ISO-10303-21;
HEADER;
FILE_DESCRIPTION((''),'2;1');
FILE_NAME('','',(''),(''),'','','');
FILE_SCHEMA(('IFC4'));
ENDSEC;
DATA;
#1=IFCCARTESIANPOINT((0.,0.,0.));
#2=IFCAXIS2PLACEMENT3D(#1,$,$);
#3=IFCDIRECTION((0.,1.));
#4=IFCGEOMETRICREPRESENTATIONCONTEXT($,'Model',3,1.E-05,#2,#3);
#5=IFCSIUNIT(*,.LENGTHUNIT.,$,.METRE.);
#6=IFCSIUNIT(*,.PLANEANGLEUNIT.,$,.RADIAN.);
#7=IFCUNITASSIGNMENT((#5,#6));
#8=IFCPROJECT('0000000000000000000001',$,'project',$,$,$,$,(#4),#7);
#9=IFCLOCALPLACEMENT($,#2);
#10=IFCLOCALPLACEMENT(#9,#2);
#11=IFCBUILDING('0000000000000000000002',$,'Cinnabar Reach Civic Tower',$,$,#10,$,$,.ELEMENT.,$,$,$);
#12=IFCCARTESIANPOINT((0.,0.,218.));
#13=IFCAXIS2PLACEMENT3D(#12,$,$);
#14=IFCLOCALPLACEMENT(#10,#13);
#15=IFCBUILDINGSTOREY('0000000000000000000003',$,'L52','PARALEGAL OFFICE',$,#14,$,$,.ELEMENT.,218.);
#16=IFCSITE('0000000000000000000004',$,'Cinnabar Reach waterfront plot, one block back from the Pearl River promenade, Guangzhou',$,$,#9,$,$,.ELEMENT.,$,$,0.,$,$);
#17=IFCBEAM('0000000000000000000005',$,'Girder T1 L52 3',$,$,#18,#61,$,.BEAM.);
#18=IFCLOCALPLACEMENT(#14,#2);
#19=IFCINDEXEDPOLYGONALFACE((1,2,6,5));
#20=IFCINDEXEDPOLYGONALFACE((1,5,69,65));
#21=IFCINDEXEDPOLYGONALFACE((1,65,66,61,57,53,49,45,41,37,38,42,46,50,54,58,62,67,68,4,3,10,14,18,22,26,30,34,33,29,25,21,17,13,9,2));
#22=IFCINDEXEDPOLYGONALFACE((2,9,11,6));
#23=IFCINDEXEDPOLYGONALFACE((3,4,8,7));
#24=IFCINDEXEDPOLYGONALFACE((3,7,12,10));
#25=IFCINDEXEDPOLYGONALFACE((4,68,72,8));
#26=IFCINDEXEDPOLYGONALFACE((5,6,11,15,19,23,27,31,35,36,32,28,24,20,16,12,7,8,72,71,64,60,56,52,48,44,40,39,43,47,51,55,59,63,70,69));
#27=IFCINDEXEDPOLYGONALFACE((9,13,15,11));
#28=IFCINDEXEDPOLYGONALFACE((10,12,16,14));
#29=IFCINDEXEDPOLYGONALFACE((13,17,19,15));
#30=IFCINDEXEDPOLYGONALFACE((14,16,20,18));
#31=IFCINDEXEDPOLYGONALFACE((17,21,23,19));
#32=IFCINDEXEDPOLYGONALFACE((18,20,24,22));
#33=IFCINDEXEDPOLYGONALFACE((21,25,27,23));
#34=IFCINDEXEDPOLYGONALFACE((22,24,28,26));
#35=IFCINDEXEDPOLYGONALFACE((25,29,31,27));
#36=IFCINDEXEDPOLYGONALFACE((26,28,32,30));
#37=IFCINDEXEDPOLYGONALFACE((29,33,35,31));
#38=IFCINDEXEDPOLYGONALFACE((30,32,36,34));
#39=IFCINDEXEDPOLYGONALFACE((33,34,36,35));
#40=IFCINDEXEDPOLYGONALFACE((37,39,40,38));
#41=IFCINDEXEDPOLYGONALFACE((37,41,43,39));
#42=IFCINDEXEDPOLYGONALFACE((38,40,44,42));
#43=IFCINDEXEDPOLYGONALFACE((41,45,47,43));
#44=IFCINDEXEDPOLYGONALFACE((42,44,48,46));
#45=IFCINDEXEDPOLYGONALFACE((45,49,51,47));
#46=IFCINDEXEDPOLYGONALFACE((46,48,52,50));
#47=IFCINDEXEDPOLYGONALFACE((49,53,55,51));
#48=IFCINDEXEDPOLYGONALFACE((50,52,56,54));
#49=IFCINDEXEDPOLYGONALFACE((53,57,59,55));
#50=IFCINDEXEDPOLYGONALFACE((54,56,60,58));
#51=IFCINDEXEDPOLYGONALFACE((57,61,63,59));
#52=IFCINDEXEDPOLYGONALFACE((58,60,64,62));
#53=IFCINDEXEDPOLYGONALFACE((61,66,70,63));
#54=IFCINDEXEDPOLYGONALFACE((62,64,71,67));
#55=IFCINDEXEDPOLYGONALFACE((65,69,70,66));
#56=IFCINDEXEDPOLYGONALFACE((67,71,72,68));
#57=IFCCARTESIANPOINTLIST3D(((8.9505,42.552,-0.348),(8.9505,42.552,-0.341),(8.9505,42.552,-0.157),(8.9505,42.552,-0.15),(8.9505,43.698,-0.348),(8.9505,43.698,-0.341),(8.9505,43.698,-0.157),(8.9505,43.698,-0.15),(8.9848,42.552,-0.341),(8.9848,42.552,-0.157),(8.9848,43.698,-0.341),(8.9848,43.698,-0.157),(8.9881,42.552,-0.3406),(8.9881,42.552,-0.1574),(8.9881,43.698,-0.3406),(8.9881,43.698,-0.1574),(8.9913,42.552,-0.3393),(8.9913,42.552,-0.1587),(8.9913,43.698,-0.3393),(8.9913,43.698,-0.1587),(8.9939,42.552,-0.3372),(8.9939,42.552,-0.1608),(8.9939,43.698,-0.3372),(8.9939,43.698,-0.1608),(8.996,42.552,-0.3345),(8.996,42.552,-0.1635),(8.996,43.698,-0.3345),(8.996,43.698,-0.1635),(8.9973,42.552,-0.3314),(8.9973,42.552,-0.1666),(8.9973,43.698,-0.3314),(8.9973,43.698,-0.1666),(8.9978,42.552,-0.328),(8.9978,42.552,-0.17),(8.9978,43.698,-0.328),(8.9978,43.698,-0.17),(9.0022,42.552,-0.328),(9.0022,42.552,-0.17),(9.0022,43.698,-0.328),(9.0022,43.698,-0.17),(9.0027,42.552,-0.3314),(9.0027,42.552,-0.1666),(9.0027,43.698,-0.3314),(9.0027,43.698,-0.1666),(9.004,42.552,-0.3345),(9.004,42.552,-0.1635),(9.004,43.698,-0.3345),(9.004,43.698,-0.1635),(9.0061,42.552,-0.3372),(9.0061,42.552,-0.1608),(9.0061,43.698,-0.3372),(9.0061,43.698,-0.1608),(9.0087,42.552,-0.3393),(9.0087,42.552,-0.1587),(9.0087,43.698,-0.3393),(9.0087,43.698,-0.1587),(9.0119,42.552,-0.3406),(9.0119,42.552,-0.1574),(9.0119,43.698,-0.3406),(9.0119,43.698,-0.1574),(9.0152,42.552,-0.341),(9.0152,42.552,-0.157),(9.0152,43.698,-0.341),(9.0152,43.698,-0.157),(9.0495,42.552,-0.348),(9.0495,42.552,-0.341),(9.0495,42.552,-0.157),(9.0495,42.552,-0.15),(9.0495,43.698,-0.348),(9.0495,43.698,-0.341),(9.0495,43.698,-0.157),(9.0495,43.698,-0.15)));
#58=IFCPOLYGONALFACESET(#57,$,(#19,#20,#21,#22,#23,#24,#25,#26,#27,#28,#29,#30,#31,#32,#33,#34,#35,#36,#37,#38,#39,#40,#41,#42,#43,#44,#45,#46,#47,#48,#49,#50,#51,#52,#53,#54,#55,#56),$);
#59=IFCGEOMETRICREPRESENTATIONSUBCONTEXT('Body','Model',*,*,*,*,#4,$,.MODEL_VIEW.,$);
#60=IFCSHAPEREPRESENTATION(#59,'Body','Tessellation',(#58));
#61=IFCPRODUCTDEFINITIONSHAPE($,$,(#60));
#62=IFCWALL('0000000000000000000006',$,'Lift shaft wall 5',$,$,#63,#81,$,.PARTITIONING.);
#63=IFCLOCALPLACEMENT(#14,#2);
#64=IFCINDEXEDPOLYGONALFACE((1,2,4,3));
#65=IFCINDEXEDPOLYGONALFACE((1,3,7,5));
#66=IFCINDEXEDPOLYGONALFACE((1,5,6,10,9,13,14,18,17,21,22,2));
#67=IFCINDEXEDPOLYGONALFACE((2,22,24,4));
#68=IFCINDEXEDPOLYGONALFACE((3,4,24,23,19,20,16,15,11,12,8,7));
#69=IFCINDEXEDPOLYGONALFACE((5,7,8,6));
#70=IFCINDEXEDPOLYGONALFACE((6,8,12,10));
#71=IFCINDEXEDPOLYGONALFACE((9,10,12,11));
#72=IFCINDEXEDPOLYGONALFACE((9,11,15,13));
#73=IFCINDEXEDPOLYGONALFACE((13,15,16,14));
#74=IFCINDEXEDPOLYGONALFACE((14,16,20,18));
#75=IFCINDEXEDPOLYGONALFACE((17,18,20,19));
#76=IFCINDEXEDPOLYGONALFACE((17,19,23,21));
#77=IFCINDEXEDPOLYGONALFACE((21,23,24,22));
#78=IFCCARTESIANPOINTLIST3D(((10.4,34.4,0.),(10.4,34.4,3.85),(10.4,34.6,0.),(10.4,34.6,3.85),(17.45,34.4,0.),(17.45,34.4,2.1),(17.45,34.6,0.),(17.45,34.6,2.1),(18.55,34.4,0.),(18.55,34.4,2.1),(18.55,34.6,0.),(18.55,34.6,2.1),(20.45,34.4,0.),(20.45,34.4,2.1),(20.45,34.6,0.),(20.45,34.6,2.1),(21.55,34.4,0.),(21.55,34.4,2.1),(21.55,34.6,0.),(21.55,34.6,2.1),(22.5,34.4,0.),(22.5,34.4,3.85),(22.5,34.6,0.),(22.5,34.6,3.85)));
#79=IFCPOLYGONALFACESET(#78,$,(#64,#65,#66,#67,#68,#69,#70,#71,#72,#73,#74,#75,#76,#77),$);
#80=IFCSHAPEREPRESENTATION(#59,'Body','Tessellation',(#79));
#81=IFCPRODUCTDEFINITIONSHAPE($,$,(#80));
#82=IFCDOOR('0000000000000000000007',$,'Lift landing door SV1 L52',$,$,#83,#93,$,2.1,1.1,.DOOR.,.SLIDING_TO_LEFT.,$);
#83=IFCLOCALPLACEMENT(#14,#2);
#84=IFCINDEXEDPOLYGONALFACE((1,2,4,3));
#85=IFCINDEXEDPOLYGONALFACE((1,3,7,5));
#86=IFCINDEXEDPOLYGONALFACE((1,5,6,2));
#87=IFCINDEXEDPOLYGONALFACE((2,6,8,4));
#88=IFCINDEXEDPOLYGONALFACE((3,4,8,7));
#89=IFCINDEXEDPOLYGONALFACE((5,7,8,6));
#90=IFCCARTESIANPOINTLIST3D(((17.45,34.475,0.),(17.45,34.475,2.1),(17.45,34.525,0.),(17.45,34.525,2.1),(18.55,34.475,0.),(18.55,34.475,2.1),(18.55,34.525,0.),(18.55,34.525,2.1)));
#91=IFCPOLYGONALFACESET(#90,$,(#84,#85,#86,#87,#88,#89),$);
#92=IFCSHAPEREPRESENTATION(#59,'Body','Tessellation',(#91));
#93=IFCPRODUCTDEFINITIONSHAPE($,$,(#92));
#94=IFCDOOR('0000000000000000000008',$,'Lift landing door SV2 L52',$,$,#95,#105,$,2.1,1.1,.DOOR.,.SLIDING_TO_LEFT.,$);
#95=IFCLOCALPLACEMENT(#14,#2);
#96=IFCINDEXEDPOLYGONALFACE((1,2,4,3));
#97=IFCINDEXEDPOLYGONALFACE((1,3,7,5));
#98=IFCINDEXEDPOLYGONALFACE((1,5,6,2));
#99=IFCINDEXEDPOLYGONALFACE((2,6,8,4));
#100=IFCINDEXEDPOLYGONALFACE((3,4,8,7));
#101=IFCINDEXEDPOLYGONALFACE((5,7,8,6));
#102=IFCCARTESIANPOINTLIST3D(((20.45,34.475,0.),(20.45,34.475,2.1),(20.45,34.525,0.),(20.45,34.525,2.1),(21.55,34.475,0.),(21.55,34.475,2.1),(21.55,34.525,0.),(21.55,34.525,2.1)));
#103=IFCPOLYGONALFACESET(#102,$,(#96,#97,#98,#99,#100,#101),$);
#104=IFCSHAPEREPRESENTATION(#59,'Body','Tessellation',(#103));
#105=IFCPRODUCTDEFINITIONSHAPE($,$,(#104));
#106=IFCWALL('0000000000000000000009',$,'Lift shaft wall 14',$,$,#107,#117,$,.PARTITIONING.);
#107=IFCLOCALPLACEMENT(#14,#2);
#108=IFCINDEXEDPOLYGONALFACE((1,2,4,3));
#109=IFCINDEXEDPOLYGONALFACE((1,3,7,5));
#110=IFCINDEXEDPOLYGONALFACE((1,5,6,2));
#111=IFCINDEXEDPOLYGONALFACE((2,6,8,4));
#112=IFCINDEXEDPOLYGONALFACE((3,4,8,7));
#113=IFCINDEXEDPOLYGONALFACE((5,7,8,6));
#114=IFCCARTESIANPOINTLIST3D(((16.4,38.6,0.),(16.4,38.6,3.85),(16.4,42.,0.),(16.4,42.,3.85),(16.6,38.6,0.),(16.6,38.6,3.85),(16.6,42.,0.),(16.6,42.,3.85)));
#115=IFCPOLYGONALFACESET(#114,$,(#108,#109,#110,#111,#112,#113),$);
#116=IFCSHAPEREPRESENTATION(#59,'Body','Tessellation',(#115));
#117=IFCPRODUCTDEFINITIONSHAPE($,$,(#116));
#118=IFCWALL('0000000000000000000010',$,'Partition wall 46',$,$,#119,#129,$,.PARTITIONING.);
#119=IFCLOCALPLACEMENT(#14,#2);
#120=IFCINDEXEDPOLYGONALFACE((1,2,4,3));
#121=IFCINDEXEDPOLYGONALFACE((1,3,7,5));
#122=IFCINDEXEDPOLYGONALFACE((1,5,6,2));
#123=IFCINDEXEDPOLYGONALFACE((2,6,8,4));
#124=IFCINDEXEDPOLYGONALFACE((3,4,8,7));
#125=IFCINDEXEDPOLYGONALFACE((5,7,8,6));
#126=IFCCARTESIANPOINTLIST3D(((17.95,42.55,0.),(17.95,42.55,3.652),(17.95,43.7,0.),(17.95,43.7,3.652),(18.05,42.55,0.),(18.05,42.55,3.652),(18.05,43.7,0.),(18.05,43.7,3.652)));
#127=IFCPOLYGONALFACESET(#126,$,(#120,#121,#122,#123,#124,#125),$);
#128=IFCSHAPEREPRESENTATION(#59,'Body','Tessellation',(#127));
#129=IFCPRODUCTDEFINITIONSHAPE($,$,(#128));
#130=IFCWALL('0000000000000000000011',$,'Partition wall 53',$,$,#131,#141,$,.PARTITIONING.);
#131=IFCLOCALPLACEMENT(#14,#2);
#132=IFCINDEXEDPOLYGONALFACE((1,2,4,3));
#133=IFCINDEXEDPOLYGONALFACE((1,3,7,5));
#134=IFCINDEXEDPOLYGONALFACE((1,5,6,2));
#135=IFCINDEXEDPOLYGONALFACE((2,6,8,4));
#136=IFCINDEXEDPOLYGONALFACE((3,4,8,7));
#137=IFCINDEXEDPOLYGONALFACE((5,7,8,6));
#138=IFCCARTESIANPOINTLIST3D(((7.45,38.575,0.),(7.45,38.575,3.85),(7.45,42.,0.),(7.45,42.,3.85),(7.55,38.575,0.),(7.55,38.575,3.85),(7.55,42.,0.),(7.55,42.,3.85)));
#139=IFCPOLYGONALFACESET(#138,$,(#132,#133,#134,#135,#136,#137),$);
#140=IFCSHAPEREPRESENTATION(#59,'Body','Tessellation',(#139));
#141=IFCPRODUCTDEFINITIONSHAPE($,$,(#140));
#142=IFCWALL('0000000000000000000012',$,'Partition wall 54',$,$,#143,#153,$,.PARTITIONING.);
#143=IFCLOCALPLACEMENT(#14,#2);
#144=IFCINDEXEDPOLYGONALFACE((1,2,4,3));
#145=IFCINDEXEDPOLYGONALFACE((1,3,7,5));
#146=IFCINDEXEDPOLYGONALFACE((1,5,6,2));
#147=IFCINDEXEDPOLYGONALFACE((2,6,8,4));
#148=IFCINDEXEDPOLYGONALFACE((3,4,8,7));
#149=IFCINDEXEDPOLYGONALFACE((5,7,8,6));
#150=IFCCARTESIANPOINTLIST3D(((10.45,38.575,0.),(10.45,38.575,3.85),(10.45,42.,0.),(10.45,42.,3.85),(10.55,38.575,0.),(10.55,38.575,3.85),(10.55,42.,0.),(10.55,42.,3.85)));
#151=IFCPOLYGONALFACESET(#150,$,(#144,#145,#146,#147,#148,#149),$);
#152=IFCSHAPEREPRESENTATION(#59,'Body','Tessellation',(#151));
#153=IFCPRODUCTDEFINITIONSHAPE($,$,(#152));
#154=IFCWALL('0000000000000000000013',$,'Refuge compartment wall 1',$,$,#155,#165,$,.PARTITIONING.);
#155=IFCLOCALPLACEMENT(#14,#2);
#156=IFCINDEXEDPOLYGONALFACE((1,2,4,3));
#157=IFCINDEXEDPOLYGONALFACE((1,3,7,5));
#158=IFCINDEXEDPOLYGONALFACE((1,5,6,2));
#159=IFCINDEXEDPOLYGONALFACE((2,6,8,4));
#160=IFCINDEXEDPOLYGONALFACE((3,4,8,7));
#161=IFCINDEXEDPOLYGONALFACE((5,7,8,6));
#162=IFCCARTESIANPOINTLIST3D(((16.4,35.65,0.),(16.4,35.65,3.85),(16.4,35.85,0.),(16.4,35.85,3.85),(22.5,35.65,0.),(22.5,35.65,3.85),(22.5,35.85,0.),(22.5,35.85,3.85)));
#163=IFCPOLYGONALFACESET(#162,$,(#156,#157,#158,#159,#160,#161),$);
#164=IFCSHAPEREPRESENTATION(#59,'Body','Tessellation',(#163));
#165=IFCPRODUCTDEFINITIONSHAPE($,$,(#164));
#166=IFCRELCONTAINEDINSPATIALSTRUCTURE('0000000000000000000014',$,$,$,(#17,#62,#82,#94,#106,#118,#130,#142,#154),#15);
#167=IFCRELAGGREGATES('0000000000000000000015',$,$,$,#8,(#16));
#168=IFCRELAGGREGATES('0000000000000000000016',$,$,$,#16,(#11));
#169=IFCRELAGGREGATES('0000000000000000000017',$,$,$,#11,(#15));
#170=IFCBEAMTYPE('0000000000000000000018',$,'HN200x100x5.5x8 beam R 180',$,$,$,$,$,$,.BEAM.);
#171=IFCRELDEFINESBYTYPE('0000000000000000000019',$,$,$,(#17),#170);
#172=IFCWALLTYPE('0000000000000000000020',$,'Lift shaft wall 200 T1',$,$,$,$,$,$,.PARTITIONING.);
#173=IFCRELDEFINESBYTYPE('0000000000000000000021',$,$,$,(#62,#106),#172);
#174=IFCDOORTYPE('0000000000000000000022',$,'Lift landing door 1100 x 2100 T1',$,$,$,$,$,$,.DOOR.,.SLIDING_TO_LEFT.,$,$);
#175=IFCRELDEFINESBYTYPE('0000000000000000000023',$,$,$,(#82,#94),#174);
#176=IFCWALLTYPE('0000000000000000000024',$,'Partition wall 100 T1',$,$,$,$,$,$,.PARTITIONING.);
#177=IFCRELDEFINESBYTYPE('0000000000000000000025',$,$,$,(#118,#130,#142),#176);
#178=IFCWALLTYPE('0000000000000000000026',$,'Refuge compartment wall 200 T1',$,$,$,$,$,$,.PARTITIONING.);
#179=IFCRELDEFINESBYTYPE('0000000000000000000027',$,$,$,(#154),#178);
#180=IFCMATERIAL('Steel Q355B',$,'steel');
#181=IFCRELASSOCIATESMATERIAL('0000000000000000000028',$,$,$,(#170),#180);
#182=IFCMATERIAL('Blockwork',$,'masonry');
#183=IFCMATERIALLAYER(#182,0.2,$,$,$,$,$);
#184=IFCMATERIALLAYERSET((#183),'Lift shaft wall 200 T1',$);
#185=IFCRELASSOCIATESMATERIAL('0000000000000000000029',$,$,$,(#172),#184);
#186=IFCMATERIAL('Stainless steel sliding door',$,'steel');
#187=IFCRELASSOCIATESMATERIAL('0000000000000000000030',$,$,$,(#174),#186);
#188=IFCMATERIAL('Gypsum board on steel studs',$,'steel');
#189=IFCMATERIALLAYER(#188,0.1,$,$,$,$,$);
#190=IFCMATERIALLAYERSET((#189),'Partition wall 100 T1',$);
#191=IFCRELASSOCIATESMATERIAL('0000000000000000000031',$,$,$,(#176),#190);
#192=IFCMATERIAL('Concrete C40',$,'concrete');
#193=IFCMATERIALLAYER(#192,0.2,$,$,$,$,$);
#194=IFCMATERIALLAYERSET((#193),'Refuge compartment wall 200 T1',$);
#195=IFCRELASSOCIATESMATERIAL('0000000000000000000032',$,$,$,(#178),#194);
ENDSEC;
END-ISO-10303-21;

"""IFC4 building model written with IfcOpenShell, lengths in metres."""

from ifc_helpers import new_model, si_unit, direction, frame, frame_2d, origin, origin_2d, place, context, subcontext, project, spatial, rectangle, i_section, extrude, material, layer, layer_set, material_profile, profile_set, type_object, element, fill, save


model = new_model("IFC4")

# Units and contexts
model_context = context("Model", 3, precision=1e-05, world=origin(), true_north=direction((0.0, 1.0)))
body_context = subcontext(model_context, "Body", "Model", "MODEL_VIEW")
ifc_project = project(units=[si_unit("LENGTHUNIT", "METRE"), si_unit("PLANEANGLEUNIT", "RADIAN")], contexts=[model_context])

# Site, building, storey
site_placement = place(None, origin())
site = spatial("IfcSite", under=ifc_project, at=site_placement, Name="Cinnabar Reach waterfront plot, one block back from the Pearl River promenade, Guangzhou", CompositionType="ELEMENT", RefElevation=0.0)
building_placement = place(site_placement, origin())
building = spatial("IfcBuilding", under=site, at=building_placement, Name="Cinnabar Reach Civic Tower", CompositionType="ELEMENT")
storey_placement = place(building_placement, frame((0.0, 0.0, 218.0)))
storey = spatial("IfcBuildingStorey", under=building, at=storey_placement, Name="L52", Description="PARALEGAL OFFICE", CompositionType="ELEMENT", Elevation=218.0)

# Beam
ifc_material_1 = material(Name="Steel Q355B", Category="steel")
ifc_material_profile = material_profile(ifc_material_1, i_section(OverallWidth=0.099, OverallDepth=0.198, WebThickness=0.0045, FlangeThickness=0.007, FilletRadius=0.013, at=origin_2d()), Name="HN200x100x5.5x8")
ifc_profile_set = profile_set([ifc_material_profile], Name="Steel Q355B")
beam_type = type_object("IfcBeamType", Name="HN200x100x5.5x8 beam R 180", PredefinedType="BEAM", material=ifc_profile_set)
beam_placement = place(storey_placement, frame((9.0, 42.552, -0.249), z_axis=(0.0, 1.0, 0.0), x_axis=(-1.0, 0.0, 0.0)))
element("IfcBeam", 1, at=beam_placement, inside=storey, type_object=beam_type, Name="Girder T1 L52 3", PredefinedType="BEAM", context=body_context, shape_type="SweptSolid", body=[
    extrude(i_section(OverallWidth=0.099, OverallDepth=0.198, WebThickness=0.0045, FlangeThickness=0.007, FilletRadius=0.013, at=origin_2d()), origin(), (0.0, 0.0, 1.0), 1.146),
])

# Wall, openings, doors
ifc_material_2 = material(Name="Blockwork", Category="masonry")
ifc_layer_1 = layer(ifc_material_2, 0.2)
ifc_layer_set_1 = layer_set([ifc_layer_1], Name="Lift shaft wall 200 T1")
wall_type_1 = type_object("IfcWallType", Name="Lift shaft wall 200 T1", PredefinedType="PARTITIONING", material=ifc_layer_set_1)
wall_1_placement = place(storey_placement, frame((10.4, 34.5, 0.0), z_axis=(0.0, 0.0, 1.0), x_axis=(1.0, 0.0, 0.0)))
wall_1 = element("IfcWall", 2, at=wall_1_placement, inside=storey, type_object=wall_type_1, Name="Lift shaft wall 5", PredefinedType="PARTITIONING", context=body_context, shape_type="SweptSolid", body=[
    extrude(rectangle(XDim=12.1, YDim=0.2, at=frame_2d((6.05, 0.0))), origin(), (0.0, 0.0, 1.0), 3.85),
])
opening_1_placement = place(wall_1_placement, frame((7.05, 0.0, 0.0)))
opening_1 = element("IfcOpeningElement", 3, at=opening_1_placement, cuts=wall_1, PredefinedType="OPENING", context=body_context, shape_type="SweptSolid", body=[
    extrude(rectangle(XDim=1.1, YDim=2.1, at=frame_2d((0.55, 1.05))), frame((0.0, 0.11, 0.0), z_axis=(0.0, -1.0, 0.0), x_axis=(1.0, 0.0, 0.0)), (0.0, 0.0, 1.0), 0.22),
])
opening_2_placement = place(wall_1_placement, frame((10.05, 0.0, 0.0)))
opening_2 = element("IfcOpeningElement", 4, at=opening_2_placement, cuts=wall_1, PredefinedType="OPENING", context=body_context, shape_type="SweptSolid", body=[
    extrude(rectangle(XDim=1.1, YDim=2.1, at=frame_2d((0.55, 1.05))), frame((0.0, 0.11, 0.0), z_axis=(0.0, -1.0, 0.0), x_axis=(1.0, 0.0, 0.0)), (0.0, 0.0, 1.0), 0.22),
])
ifc_material_3 = material(Name="Stainless steel sliding door", Category="steel")
door_type_1 = type_object("IfcDoorType", Name="Lift landing door 1100 x 2100 T1", OperationType="SLIDING_TO_LEFT", PredefinedType="DOOR", material=ifc_material_3)
door_1_placement = place(opening_1_placement, origin())
door_1 = element("IfcDoor", 5, at=door_1_placement, inside=storey, type_object=door_type_1, Name="Lift landing door SV1 L52", OperationType="SLIDING_TO_LEFT", OverallHeight=2.1, OverallWidth=1.1, PredefinedType="DOOR", context=body_context, shape_type="SweptSolid", body=[
    extrude(rectangle(XDim=1.1, YDim=2.1, at=frame_2d((0.55, 1.05))), frame((0.0, 0.025, 0.0), z_axis=(0.0, -1.0, 0.0), x_axis=(1.0, 0.0, 0.0)), (0.0, 0.0, 1.0), 0.05),
])
fill(opening_1, door_1)
door_2_placement = place(opening_2_placement, origin())
door_2 = element("IfcDoor", 6, at=door_2_placement, inside=storey, type_object=door_type_1, Name="Lift landing door SV2 L52", OperationType="SLIDING_TO_LEFT", OverallHeight=2.1, OverallWidth=1.1, PredefinedType="DOOR", context=body_context, shape_type="SweptSolid", body=[
    extrude(rectangle(XDim=1.1, YDim=2.1, at=frame_2d((0.55, 1.05))), frame((0.0, 0.025, 0.0), z_axis=(0.0, -1.0, 0.0), x_axis=(1.0, 0.0, 0.0)), (0.0, 0.0, 1.0), 0.05),
])
fill(opening_2, door_2)

# Walls
wall_2_placement = place(storey_placement, frame((16.5, 38.6, 0.0), z_axis=(0.0, 0.0, 1.0), x_axis=(0.0, 1.0, 0.0)))
element("IfcWall", 7, at=wall_2_placement, inside=storey, type_object=wall_type_1, Name="Lift shaft wall 14", PredefinedType="PARTITIONING", context=body_context, shape_type="SweptSolid", body=[
    extrude(rectangle(XDim=3.4, YDim=0.2, at=frame_2d((1.7, 0.0))), origin(), (0.0, 0.0, 1.0), 3.85),
])
ifc_material_4 = material(Name="Gypsum board on steel studs", Category="steel")
ifc_layer_2 = layer(ifc_material_4, 0.1)
ifc_layer_set_2 = layer_set([ifc_layer_2], Name="Partition wall 100 T1")
wall_type_2 = type_object("IfcWallType", Name="Partition wall 100 T1", PredefinedType="PARTITIONING", material=ifc_layer_set_2)
wall_3_placement = place(storey_placement, frame((18.0, 42.55, 0.0), z_axis=(0.0, 0.0, 1.0), x_axis=(0.0, 1.0, 0.0)))
element("IfcWall", 8, at=wall_3_placement, inside=storey, type_object=wall_type_2, Name="Partition wall 46", PredefinedType="PARTITIONING", context=body_context, shape_type="SweptSolid", body=[
    extrude(rectangle(XDim=1.15, YDim=0.1, at=frame_2d((0.575, 0.0))), origin(), (0.0, 0.0, 1.0), 3.652),
])
for number, where, z_axis, x_axis, name in (
    (9, (7.5, 38.575, 0.0), (0.0, 0.0, 1.0), (0.0, 1.0, 0.0), "Partition wall 53"),
    (10, (10.5, 38.575, 0.0), (0.0, 0.0, 1.0), (0.0, 1.0, 0.0), "Partition wall 54"),
):
    element("IfcWall", number, at=place(storey_placement, frame(where, z_axis=z_axis, x_axis=x_axis)), inside=storey, type_object=wall_type_2, Name=name, PredefinedType="PARTITIONING", context=body_context, shape_type="SweptSolid", body=[
        extrude(rectangle(XDim=3.425, YDim=0.1, at=frame_2d((1.7125, 0.0))), origin(), (0.0, 0.0, 1.0), 3.85),
    ])
ifc_material_5 = material(Name="Concrete C40", Category="concrete")
ifc_layer_3 = layer(ifc_material_5, 0.2)
ifc_layer_set_3 = layer_set([ifc_layer_3], Name="Refuge compartment wall 200 T1")
wall_type_3 = type_object("IfcWallType", Name="Refuge compartment wall 200 T1", PredefinedType="PARTITIONING", material=ifc_layer_set_3)
wall_4_placement = place(storey_placement, frame((16.4, 35.75, 0.0), z_axis=(0.0, 0.0, 1.0), x_axis=(1.0, 0.0, 0.0)))
element("IfcWall", 11, at=wall_4_placement, inside=storey, type_object=wall_type_3, Name="Refuge compartment wall 1", PredefinedType="PARTITIONING", context=body_context, shape_type="SweptSolid", body=[
    extrude(rectangle(XDim=6.1, YDim=0.2, at=frame_2d((3.05, 0.0))), origin(), (0.0, 0.0, 1.0), 3.85),
])

save(model, "model.ifc")
